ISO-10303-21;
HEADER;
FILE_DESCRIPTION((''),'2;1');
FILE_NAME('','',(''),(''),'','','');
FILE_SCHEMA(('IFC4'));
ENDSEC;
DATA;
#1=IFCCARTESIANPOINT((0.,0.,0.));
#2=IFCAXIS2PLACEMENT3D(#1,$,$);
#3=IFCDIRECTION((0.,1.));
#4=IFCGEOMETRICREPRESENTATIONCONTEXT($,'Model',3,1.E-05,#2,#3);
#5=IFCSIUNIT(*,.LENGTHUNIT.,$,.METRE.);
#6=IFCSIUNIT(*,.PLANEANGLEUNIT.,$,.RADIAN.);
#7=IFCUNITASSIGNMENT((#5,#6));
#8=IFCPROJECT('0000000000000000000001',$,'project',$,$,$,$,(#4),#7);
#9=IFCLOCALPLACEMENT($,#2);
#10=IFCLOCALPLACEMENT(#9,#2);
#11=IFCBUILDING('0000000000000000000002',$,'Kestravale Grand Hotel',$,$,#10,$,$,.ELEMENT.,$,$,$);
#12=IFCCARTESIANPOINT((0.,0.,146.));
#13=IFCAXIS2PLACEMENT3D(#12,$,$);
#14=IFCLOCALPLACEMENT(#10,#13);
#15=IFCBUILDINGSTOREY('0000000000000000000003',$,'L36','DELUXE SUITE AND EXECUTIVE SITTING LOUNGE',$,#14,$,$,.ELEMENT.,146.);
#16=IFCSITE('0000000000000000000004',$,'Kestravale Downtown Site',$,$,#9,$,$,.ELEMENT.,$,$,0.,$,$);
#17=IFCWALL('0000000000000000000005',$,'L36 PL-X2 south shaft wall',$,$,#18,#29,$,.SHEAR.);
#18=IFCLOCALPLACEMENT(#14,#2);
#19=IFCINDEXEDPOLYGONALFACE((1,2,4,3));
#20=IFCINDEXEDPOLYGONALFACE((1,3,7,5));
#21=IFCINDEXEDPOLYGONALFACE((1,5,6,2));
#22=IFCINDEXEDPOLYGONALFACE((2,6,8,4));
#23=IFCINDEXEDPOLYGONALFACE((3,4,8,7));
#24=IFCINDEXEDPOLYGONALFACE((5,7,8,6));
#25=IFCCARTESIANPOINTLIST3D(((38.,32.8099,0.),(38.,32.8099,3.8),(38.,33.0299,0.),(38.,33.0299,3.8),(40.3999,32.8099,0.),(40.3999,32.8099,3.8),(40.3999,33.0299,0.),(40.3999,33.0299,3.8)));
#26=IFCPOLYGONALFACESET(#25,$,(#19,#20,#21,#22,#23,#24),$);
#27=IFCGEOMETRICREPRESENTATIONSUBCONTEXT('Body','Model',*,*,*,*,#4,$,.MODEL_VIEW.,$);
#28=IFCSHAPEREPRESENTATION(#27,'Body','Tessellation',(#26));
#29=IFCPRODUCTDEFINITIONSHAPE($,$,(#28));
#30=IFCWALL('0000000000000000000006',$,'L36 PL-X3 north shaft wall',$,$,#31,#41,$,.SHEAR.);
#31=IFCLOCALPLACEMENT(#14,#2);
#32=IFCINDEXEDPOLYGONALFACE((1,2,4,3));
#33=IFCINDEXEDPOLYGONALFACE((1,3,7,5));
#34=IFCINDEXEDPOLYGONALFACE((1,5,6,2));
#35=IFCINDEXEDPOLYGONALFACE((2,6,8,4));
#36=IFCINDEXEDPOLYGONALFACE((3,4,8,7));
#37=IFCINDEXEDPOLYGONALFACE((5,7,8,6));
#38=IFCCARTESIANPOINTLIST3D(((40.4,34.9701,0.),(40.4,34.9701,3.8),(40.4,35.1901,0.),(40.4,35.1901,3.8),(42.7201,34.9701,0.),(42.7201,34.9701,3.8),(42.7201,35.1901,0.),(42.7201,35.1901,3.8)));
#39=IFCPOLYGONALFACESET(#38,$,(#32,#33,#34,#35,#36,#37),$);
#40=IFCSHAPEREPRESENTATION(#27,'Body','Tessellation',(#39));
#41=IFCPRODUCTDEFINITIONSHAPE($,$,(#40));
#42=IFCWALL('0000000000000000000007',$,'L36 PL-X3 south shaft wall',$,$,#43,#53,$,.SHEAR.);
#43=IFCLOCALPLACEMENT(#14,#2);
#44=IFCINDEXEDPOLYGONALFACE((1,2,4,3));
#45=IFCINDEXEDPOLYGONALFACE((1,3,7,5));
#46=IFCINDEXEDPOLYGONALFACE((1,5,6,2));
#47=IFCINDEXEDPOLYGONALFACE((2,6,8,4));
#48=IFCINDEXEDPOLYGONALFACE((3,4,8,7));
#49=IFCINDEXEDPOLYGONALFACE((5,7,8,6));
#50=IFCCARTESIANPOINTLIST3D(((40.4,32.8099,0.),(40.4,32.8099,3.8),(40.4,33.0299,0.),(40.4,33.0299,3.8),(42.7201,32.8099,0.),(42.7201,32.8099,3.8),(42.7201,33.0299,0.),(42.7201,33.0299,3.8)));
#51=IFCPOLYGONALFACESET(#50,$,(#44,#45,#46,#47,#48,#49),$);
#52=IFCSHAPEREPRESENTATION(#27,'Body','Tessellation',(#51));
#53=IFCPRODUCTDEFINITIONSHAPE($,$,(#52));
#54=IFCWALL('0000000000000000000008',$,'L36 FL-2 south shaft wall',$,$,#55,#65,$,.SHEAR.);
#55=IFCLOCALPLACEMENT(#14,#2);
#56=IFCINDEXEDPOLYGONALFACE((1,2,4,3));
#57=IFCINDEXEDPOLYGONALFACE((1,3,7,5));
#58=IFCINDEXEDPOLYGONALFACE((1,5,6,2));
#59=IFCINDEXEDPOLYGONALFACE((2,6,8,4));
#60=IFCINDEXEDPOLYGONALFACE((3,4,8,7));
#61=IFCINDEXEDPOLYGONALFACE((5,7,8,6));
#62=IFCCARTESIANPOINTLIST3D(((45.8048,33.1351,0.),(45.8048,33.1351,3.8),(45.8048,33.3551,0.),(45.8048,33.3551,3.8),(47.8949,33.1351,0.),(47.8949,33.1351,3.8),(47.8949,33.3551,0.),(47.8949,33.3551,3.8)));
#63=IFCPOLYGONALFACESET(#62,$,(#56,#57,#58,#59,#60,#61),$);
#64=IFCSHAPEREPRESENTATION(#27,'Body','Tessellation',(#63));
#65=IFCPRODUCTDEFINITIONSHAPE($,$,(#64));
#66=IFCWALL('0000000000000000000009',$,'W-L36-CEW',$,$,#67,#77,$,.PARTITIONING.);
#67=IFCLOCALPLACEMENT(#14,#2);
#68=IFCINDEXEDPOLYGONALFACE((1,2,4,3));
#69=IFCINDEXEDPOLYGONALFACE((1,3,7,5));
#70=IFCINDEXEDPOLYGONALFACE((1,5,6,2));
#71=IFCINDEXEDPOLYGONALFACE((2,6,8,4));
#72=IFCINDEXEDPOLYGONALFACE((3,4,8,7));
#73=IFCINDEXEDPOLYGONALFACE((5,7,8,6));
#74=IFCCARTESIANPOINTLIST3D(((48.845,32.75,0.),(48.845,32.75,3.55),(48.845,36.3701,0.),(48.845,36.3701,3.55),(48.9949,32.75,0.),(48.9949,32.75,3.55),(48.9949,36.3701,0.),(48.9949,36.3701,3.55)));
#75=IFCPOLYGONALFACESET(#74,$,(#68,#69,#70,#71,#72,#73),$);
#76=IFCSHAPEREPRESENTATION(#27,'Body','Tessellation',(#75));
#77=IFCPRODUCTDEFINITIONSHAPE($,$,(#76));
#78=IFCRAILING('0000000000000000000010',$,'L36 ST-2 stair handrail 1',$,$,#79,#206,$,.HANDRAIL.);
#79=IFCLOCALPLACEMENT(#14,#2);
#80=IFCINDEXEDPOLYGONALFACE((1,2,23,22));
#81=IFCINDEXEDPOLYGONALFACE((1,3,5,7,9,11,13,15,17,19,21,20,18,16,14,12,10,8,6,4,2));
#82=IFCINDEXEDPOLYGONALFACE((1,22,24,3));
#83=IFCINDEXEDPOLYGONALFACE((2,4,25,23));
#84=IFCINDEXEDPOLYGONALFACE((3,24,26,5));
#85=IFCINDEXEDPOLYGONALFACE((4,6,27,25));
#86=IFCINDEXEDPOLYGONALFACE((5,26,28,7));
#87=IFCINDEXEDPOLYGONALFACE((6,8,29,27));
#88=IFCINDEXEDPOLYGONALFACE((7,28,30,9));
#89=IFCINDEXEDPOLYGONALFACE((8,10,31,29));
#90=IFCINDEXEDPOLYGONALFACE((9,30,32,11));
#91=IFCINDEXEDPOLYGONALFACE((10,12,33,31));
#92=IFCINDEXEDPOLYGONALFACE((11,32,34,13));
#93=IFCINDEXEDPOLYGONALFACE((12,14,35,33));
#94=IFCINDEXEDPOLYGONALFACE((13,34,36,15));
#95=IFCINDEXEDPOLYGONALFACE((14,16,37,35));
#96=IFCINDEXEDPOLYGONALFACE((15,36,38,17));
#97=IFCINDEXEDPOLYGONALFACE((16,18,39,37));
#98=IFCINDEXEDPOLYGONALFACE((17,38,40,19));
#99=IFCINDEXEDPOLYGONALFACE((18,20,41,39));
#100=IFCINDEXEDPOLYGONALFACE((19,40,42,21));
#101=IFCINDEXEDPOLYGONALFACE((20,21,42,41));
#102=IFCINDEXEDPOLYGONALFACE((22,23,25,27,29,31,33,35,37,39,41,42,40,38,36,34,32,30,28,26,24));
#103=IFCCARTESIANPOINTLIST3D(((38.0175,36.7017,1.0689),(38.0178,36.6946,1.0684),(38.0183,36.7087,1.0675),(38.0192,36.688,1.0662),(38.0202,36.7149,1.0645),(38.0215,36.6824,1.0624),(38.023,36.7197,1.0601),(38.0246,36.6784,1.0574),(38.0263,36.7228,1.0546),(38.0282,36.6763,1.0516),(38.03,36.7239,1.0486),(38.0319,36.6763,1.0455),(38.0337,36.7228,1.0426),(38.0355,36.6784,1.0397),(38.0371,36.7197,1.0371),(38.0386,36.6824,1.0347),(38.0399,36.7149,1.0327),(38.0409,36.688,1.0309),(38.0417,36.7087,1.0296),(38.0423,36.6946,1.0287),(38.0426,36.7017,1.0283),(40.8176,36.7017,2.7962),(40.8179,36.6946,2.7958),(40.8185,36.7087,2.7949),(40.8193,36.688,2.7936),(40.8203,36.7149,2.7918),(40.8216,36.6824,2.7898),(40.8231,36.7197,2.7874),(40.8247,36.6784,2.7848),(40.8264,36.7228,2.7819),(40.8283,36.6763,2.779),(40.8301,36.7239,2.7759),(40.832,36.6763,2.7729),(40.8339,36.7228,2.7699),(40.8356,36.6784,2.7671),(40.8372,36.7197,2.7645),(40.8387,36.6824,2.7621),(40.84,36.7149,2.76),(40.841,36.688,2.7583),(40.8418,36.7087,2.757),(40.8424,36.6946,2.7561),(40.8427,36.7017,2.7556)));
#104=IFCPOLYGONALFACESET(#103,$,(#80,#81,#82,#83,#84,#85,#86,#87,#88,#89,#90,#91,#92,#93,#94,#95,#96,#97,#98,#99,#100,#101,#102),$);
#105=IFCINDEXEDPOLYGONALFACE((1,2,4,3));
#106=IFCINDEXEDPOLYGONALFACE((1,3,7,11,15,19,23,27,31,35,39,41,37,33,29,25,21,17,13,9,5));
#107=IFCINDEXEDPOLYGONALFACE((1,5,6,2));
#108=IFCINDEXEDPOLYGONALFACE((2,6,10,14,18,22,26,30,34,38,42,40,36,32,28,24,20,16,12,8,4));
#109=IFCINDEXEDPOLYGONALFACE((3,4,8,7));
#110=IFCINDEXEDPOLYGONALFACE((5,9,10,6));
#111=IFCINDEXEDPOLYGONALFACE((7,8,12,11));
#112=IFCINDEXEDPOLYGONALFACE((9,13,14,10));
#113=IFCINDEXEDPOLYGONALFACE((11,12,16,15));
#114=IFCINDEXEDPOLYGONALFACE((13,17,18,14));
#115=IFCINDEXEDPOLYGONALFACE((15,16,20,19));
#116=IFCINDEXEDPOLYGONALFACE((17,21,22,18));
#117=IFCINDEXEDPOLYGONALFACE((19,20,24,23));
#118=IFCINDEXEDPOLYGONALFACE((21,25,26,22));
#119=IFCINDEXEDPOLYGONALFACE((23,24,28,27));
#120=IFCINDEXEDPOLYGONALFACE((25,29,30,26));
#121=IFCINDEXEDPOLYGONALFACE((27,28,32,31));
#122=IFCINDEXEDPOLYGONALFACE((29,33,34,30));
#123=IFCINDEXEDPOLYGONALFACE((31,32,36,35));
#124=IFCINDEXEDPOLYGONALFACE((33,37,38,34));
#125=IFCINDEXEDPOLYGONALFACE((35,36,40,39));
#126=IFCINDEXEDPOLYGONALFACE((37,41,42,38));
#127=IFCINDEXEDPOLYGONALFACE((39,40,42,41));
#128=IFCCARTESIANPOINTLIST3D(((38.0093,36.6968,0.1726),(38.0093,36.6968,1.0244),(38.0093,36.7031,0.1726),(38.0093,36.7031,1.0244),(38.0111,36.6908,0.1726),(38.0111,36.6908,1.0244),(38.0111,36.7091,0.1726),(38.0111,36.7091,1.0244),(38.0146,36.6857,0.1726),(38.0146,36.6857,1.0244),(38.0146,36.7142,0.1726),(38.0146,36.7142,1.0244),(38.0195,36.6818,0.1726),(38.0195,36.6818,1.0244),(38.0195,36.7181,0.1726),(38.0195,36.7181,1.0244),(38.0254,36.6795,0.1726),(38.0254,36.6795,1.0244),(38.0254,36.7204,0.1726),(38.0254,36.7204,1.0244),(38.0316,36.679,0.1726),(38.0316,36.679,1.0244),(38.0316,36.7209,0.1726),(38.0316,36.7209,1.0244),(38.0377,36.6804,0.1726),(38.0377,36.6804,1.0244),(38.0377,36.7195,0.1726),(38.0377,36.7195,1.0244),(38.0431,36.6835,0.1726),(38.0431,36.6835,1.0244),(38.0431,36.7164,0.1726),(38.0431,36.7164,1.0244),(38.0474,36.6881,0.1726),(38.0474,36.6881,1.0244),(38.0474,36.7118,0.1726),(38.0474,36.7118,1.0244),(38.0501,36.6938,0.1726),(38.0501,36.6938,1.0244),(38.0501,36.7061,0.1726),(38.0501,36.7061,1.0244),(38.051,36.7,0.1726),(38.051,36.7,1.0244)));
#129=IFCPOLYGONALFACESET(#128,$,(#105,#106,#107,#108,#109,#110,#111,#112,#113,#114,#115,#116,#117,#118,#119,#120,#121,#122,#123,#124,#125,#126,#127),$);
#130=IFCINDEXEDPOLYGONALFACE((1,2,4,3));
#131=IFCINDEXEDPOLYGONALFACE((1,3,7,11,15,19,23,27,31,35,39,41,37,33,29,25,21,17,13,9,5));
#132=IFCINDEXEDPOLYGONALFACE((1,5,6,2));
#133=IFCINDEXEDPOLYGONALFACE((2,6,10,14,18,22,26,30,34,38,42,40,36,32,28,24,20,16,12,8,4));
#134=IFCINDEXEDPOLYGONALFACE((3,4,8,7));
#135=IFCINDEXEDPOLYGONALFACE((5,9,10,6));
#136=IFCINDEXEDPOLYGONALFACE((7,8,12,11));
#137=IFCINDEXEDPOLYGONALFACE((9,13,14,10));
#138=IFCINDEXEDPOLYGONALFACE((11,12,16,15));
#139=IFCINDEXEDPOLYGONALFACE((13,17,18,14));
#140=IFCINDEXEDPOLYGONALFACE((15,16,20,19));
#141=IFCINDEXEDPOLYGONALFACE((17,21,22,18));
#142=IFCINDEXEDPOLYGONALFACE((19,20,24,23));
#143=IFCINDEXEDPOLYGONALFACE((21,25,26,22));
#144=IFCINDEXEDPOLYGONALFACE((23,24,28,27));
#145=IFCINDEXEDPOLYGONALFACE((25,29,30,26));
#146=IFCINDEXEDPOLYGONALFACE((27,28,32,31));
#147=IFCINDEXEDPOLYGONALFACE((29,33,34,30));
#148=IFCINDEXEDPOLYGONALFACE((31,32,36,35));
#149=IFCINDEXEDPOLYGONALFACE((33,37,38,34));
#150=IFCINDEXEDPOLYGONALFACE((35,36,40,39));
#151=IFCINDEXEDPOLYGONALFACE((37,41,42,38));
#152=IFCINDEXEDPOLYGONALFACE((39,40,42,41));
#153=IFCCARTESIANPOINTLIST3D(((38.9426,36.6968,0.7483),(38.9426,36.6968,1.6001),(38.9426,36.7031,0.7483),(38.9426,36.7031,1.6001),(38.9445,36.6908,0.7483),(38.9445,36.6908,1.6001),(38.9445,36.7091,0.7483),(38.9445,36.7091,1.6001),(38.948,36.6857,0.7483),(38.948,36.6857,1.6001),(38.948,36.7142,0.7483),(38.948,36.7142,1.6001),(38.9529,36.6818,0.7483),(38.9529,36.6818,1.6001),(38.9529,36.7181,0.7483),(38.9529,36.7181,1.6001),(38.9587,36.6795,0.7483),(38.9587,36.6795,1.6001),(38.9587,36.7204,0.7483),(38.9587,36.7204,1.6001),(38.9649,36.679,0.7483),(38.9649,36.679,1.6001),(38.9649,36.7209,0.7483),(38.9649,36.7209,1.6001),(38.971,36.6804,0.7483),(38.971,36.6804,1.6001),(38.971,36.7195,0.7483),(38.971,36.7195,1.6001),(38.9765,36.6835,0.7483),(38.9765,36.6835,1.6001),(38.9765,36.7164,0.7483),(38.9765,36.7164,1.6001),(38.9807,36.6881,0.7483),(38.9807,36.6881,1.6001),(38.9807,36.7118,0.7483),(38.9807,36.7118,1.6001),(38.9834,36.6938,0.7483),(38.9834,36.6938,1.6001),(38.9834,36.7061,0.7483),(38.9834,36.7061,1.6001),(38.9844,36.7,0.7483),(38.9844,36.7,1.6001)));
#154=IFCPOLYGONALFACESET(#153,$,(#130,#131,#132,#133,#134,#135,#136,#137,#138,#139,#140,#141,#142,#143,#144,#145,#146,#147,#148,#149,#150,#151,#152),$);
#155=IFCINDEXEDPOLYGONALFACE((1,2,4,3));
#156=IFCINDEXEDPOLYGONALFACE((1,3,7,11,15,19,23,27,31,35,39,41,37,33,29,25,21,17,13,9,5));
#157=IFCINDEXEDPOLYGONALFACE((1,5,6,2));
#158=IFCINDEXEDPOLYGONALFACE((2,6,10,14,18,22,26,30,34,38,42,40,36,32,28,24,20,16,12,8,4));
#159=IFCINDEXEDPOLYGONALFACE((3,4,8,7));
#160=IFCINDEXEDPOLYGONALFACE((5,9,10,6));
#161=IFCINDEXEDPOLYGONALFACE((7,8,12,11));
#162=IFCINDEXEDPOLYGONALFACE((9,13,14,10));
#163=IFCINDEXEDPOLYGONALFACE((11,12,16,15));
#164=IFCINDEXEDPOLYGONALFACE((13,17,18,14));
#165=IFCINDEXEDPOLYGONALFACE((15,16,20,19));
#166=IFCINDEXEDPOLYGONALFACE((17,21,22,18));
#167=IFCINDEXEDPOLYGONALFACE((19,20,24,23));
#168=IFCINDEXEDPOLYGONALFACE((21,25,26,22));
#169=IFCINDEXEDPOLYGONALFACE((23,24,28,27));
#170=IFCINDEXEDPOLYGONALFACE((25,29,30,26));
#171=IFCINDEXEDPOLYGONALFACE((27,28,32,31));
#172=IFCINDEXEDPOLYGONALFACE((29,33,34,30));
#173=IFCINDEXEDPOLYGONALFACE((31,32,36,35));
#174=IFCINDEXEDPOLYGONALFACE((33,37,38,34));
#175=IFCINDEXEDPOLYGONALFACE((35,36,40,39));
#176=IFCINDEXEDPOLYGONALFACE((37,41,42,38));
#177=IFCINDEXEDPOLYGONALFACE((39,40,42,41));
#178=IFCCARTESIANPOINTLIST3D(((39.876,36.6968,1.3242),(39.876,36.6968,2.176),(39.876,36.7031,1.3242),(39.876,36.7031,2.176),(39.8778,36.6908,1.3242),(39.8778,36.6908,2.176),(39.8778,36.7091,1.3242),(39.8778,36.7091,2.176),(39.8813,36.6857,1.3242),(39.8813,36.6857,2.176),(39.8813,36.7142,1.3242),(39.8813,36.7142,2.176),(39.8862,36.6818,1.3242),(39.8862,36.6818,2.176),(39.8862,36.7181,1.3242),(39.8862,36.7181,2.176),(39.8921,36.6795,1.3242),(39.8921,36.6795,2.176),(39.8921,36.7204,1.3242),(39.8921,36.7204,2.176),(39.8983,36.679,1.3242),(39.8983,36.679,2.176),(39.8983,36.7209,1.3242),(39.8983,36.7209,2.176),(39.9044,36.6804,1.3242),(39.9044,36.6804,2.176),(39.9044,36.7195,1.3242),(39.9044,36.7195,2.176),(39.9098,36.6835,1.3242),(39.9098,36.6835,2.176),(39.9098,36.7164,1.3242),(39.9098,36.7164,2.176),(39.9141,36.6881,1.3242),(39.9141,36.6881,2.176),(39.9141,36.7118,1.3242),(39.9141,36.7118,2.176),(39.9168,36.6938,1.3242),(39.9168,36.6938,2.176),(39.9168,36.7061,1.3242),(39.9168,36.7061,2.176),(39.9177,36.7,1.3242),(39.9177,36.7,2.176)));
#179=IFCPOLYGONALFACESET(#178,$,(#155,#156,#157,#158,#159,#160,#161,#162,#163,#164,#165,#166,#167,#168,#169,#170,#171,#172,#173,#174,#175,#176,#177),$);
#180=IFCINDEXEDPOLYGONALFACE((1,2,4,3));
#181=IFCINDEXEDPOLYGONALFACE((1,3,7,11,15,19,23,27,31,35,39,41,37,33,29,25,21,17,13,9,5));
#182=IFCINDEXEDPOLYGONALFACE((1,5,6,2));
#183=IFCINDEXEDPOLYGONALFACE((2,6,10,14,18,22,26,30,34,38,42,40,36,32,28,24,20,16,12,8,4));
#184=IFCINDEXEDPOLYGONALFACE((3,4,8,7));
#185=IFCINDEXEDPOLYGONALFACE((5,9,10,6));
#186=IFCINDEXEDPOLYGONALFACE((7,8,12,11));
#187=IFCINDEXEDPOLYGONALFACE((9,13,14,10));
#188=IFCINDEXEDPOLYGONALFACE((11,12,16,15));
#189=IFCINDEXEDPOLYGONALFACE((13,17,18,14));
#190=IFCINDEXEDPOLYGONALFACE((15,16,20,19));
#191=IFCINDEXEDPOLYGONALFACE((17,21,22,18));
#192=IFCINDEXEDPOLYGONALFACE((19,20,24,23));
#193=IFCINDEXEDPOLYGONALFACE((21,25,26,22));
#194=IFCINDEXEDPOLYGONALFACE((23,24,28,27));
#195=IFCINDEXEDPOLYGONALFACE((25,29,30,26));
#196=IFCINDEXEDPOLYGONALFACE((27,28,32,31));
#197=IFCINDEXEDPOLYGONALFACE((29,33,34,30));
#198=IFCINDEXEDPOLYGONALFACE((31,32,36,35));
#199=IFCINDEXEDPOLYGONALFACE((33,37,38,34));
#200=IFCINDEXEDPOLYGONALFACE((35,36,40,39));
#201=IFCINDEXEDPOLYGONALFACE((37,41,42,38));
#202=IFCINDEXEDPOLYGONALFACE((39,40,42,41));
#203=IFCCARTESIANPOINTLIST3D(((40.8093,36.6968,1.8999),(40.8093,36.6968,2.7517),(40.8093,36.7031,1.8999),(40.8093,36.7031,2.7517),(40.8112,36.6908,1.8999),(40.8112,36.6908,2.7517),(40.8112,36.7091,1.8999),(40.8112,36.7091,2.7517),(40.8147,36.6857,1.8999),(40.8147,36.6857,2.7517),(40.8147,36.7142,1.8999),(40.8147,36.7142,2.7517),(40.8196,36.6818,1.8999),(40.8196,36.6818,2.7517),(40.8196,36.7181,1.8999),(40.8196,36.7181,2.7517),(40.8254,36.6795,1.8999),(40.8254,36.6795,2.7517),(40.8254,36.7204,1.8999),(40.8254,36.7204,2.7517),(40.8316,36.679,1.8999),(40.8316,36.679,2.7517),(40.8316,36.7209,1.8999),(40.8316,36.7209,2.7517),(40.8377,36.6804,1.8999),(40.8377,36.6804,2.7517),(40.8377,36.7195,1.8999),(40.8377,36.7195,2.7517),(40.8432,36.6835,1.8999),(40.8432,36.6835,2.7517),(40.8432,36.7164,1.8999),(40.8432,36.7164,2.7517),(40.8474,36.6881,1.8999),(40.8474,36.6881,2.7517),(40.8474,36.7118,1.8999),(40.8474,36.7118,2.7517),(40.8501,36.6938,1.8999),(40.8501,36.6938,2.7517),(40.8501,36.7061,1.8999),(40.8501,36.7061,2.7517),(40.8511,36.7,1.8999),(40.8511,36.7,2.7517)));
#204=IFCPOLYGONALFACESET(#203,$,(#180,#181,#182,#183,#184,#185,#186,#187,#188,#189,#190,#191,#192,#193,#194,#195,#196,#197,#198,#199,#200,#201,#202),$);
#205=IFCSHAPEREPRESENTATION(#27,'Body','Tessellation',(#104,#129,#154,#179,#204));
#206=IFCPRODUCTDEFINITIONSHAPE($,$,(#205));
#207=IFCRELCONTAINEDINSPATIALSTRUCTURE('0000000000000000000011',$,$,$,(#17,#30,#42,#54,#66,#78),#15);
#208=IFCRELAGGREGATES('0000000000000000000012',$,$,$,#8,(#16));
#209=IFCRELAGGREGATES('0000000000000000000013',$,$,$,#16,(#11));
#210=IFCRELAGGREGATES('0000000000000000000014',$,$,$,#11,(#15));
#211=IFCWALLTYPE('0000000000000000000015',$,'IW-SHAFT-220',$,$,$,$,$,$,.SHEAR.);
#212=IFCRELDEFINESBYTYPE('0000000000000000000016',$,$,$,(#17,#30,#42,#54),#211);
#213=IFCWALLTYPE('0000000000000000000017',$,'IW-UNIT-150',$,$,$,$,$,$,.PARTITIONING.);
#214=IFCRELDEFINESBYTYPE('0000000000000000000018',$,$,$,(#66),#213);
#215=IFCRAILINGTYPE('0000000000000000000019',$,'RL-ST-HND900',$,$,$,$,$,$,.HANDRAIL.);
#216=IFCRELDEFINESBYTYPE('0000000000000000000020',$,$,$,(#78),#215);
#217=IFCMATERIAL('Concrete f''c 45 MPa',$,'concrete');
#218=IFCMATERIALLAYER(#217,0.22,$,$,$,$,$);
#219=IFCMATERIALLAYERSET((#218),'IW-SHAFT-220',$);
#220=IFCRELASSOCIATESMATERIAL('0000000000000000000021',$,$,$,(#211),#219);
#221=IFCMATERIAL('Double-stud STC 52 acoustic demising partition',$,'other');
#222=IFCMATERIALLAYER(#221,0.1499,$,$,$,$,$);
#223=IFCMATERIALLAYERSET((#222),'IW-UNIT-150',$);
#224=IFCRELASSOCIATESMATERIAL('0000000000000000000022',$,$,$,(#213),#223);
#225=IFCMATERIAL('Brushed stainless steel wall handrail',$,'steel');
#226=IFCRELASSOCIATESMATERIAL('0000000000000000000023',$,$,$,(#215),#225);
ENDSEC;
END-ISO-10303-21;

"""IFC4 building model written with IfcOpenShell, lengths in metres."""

from ifc_helpers import new_model, si_unit, direction, frame, frame_2d, origin, origin_2d, place, context, subcontext, project, spatial, rectangle, circle, extrude, material, layer, layer_set, type_object, element, save


model = new_model("IFC4")

# Units and contexts
model_context = context("Model", 3, precision=1e-05, world=origin(), true_north=direction((0.0, 1.0)))
body_context = subcontext(model_context, "Body", "Model", "MODEL_VIEW")
ifc_project = project(units=[si_unit("LENGTHUNIT", "METRE"), si_unit("PLANEANGLEUNIT", "RADIAN")], contexts=[model_context])

# Site, building, storey
site_placement = place(None, origin())
site = spatial("IfcSite", under=ifc_project, at=site_placement, Name="Kestravale Downtown Site", CompositionType="ELEMENT", RefElevation=0.0)
building_placement = place(site_placement, origin())
building = spatial("IfcBuilding", under=site, at=building_placement, Name="Kestravale Grand Hotel", CompositionType="ELEMENT")
storey_placement = place(building_placement, frame((0.0, 0.0, 146.0)))
storey = spatial("IfcBuildingStorey", under=building, at=storey_placement, Name="L36", Description="DELUXE SUITE AND EXECUTIVE SITTING LOUNGE", CompositionType="ELEMENT", Elevation=146.0)

# Walls
ifc_material_1 = material(Name="Concrete f'c 45 MPa", Category="concrete")
ifc_layer_1 = layer(ifc_material_1, 0.22)
ifc_layer_set_1 = layer_set([ifc_layer_1], Name="IW-SHAFT-220")
wall_type_1 = type_object("IfcWallType", Name="IW-SHAFT-220", PredefinedType="SHEAR", material=ifc_layer_set_1)
for number, where, z_axis, x_axis, name in (
    (1, (38.0, 32.9199, 0.0), (0.0, 0.0, 1.0), (1.0, 0.0, 0.0), "L36 PL-X2 south shaft wall"),
):
    element("IfcWall", number, at=place(storey_placement, frame(where, z_axis=z_axis, x_axis=x_axis)), inside=storey, type_object=wall_type_1, Name=name, PredefinedType="SHEAR", context=body_context, shape_type="SweptSolid", body=[
        extrude(rectangle(XDim=2.3999, YDim=0.22, at=frame_2d((1.2, 0.0))), origin(), (0.0, 0.0, 1.0), 3.8),
    ])
for number, where, z_axis, x_axis, name in (
    (2, (40.3999, 35.0801, 0.0), (0.0, 0.0, 1.0), (1.0, 0.0, 0.0), "L36 PL-X3 north shaft wall"),
    (3, (40.3999, 32.9199, 0.0), (0.0, 0.0, 1.0), (1.0, 0.0, 0.0), "L36 PL-X3 south shaft wall"),
):
    element("IfcWall", number, at=place(storey_placement, frame(where, z_axis=z_axis, x_axis=x_axis)), inside=storey, type_object=wall_type_1, Name=name, PredefinedType="SHEAR", context=body_context, shape_type="SweptSolid", body=[
        extrude(rectangle(XDim=2.3201, YDim=0.22, at=frame_2d((1.1602, 0.0))), origin(), (0.0, 0.0, 1.0), 3.8),
    ])

# Walls
wall_1_placement = place(storey_placement, frame((45.8049, 33.2451, 0.0), z_axis=(0.0, 0.0, 1.0), x_axis=(1.0, 0.0, 0.0)))
element("IfcWall", 4, at=wall_1_placement, inside=storey, type_object=wall_type_1, Name="L36 FL-2 south shaft wall", PredefinedType="SHEAR", context=body_context, shape_type="SweptSolid", body=[
    extrude(rectangle(XDim=2.0901, YDim=0.22, at=frame_2d((1.0449, 0.0))), origin(), (0.0, 0.0, 1.0), 3.8),
])
ifc_material_2 = material(Name="Double-stud STC 52 acoustic demising partition", Category="other")
ifc_layer_2 = layer(ifc_material_2, 0.1499)
ifc_layer_set_2 = layer_set([ifc_layer_2], Name="IW-UNIT-150")
wall_type_2 = type_object("IfcWallType", Name="IW-UNIT-150", PredefinedType="PARTITIONING", material=ifc_layer_set_2)
wall_2_placement = place(storey_placement, frame((48.9199, 32.75, 0.0), z_axis=(0.0, 0.0, 1.0), x_axis=(0.0, 1.0, 0.0)))
element("IfcWall", 5, at=wall_2_placement, inside=storey, type_object=wall_type_2, Name="W-L36-CEW", PredefinedType="PARTITIONING", context=body_context, shape_type="SweptSolid", body=[
    extrude(rectangle(XDim=3.6201, YDim=0.1499, at=frame_2d((1.8101, 0.0))), origin(), (0.0, 0.0, 1.0), 3.55),
])

# Railing
ifc_material_3 = material(Name="Brushed stainless steel wall handrail", Category="steel")
railing_type = type_object("IfcRailingType", Name="RL-ST-HND900", PredefinedType="HANDRAIL", material=ifc_material_3)
railing_placement = place(storey_placement, frame((38.03, 36.7, 0.1726)))
element("IfcRailing", 6, at=railing_placement, inside=storey, type_object=railing_type, Name="L36 ST-2 stair handrail 1", PredefinedType="HANDRAIL", context=body_context, shape_type="SweptSolid", body=[
    extrude(circle(Radius=0.0239, at=origin_2d()), frame((0.0, 0.0, 0.876), z_axis=(0.85109, 0.0, 0.52502), x_axis=(0.0, 1.0, 0.0)), (0.0, 0.0, 1.0), 3.29),
    extrude(circle(Radius=0.021, at=origin_2d()), origin(), (0.0, 0.0, 1.0), 0.8518),
    extrude(circle(Radius=0.021, at=origin_2d()), frame((0.9333, 0.0, 0.5757)), (0.0, 0.0, 1.0), 0.8518),
    extrude(circle(Radius=0.021, at=origin_2d()), frame((1.8667, 0.0, 1.1516)), (0.0, 0.0, 1.0), 0.8518),
    extrude(circle(Radius=0.021, at=origin_2d()), frame((2.8, 0.0, 1.7273)), (0.0, 0.0, 1.0), 0.8518),
])

save(model, "model.ifc")
